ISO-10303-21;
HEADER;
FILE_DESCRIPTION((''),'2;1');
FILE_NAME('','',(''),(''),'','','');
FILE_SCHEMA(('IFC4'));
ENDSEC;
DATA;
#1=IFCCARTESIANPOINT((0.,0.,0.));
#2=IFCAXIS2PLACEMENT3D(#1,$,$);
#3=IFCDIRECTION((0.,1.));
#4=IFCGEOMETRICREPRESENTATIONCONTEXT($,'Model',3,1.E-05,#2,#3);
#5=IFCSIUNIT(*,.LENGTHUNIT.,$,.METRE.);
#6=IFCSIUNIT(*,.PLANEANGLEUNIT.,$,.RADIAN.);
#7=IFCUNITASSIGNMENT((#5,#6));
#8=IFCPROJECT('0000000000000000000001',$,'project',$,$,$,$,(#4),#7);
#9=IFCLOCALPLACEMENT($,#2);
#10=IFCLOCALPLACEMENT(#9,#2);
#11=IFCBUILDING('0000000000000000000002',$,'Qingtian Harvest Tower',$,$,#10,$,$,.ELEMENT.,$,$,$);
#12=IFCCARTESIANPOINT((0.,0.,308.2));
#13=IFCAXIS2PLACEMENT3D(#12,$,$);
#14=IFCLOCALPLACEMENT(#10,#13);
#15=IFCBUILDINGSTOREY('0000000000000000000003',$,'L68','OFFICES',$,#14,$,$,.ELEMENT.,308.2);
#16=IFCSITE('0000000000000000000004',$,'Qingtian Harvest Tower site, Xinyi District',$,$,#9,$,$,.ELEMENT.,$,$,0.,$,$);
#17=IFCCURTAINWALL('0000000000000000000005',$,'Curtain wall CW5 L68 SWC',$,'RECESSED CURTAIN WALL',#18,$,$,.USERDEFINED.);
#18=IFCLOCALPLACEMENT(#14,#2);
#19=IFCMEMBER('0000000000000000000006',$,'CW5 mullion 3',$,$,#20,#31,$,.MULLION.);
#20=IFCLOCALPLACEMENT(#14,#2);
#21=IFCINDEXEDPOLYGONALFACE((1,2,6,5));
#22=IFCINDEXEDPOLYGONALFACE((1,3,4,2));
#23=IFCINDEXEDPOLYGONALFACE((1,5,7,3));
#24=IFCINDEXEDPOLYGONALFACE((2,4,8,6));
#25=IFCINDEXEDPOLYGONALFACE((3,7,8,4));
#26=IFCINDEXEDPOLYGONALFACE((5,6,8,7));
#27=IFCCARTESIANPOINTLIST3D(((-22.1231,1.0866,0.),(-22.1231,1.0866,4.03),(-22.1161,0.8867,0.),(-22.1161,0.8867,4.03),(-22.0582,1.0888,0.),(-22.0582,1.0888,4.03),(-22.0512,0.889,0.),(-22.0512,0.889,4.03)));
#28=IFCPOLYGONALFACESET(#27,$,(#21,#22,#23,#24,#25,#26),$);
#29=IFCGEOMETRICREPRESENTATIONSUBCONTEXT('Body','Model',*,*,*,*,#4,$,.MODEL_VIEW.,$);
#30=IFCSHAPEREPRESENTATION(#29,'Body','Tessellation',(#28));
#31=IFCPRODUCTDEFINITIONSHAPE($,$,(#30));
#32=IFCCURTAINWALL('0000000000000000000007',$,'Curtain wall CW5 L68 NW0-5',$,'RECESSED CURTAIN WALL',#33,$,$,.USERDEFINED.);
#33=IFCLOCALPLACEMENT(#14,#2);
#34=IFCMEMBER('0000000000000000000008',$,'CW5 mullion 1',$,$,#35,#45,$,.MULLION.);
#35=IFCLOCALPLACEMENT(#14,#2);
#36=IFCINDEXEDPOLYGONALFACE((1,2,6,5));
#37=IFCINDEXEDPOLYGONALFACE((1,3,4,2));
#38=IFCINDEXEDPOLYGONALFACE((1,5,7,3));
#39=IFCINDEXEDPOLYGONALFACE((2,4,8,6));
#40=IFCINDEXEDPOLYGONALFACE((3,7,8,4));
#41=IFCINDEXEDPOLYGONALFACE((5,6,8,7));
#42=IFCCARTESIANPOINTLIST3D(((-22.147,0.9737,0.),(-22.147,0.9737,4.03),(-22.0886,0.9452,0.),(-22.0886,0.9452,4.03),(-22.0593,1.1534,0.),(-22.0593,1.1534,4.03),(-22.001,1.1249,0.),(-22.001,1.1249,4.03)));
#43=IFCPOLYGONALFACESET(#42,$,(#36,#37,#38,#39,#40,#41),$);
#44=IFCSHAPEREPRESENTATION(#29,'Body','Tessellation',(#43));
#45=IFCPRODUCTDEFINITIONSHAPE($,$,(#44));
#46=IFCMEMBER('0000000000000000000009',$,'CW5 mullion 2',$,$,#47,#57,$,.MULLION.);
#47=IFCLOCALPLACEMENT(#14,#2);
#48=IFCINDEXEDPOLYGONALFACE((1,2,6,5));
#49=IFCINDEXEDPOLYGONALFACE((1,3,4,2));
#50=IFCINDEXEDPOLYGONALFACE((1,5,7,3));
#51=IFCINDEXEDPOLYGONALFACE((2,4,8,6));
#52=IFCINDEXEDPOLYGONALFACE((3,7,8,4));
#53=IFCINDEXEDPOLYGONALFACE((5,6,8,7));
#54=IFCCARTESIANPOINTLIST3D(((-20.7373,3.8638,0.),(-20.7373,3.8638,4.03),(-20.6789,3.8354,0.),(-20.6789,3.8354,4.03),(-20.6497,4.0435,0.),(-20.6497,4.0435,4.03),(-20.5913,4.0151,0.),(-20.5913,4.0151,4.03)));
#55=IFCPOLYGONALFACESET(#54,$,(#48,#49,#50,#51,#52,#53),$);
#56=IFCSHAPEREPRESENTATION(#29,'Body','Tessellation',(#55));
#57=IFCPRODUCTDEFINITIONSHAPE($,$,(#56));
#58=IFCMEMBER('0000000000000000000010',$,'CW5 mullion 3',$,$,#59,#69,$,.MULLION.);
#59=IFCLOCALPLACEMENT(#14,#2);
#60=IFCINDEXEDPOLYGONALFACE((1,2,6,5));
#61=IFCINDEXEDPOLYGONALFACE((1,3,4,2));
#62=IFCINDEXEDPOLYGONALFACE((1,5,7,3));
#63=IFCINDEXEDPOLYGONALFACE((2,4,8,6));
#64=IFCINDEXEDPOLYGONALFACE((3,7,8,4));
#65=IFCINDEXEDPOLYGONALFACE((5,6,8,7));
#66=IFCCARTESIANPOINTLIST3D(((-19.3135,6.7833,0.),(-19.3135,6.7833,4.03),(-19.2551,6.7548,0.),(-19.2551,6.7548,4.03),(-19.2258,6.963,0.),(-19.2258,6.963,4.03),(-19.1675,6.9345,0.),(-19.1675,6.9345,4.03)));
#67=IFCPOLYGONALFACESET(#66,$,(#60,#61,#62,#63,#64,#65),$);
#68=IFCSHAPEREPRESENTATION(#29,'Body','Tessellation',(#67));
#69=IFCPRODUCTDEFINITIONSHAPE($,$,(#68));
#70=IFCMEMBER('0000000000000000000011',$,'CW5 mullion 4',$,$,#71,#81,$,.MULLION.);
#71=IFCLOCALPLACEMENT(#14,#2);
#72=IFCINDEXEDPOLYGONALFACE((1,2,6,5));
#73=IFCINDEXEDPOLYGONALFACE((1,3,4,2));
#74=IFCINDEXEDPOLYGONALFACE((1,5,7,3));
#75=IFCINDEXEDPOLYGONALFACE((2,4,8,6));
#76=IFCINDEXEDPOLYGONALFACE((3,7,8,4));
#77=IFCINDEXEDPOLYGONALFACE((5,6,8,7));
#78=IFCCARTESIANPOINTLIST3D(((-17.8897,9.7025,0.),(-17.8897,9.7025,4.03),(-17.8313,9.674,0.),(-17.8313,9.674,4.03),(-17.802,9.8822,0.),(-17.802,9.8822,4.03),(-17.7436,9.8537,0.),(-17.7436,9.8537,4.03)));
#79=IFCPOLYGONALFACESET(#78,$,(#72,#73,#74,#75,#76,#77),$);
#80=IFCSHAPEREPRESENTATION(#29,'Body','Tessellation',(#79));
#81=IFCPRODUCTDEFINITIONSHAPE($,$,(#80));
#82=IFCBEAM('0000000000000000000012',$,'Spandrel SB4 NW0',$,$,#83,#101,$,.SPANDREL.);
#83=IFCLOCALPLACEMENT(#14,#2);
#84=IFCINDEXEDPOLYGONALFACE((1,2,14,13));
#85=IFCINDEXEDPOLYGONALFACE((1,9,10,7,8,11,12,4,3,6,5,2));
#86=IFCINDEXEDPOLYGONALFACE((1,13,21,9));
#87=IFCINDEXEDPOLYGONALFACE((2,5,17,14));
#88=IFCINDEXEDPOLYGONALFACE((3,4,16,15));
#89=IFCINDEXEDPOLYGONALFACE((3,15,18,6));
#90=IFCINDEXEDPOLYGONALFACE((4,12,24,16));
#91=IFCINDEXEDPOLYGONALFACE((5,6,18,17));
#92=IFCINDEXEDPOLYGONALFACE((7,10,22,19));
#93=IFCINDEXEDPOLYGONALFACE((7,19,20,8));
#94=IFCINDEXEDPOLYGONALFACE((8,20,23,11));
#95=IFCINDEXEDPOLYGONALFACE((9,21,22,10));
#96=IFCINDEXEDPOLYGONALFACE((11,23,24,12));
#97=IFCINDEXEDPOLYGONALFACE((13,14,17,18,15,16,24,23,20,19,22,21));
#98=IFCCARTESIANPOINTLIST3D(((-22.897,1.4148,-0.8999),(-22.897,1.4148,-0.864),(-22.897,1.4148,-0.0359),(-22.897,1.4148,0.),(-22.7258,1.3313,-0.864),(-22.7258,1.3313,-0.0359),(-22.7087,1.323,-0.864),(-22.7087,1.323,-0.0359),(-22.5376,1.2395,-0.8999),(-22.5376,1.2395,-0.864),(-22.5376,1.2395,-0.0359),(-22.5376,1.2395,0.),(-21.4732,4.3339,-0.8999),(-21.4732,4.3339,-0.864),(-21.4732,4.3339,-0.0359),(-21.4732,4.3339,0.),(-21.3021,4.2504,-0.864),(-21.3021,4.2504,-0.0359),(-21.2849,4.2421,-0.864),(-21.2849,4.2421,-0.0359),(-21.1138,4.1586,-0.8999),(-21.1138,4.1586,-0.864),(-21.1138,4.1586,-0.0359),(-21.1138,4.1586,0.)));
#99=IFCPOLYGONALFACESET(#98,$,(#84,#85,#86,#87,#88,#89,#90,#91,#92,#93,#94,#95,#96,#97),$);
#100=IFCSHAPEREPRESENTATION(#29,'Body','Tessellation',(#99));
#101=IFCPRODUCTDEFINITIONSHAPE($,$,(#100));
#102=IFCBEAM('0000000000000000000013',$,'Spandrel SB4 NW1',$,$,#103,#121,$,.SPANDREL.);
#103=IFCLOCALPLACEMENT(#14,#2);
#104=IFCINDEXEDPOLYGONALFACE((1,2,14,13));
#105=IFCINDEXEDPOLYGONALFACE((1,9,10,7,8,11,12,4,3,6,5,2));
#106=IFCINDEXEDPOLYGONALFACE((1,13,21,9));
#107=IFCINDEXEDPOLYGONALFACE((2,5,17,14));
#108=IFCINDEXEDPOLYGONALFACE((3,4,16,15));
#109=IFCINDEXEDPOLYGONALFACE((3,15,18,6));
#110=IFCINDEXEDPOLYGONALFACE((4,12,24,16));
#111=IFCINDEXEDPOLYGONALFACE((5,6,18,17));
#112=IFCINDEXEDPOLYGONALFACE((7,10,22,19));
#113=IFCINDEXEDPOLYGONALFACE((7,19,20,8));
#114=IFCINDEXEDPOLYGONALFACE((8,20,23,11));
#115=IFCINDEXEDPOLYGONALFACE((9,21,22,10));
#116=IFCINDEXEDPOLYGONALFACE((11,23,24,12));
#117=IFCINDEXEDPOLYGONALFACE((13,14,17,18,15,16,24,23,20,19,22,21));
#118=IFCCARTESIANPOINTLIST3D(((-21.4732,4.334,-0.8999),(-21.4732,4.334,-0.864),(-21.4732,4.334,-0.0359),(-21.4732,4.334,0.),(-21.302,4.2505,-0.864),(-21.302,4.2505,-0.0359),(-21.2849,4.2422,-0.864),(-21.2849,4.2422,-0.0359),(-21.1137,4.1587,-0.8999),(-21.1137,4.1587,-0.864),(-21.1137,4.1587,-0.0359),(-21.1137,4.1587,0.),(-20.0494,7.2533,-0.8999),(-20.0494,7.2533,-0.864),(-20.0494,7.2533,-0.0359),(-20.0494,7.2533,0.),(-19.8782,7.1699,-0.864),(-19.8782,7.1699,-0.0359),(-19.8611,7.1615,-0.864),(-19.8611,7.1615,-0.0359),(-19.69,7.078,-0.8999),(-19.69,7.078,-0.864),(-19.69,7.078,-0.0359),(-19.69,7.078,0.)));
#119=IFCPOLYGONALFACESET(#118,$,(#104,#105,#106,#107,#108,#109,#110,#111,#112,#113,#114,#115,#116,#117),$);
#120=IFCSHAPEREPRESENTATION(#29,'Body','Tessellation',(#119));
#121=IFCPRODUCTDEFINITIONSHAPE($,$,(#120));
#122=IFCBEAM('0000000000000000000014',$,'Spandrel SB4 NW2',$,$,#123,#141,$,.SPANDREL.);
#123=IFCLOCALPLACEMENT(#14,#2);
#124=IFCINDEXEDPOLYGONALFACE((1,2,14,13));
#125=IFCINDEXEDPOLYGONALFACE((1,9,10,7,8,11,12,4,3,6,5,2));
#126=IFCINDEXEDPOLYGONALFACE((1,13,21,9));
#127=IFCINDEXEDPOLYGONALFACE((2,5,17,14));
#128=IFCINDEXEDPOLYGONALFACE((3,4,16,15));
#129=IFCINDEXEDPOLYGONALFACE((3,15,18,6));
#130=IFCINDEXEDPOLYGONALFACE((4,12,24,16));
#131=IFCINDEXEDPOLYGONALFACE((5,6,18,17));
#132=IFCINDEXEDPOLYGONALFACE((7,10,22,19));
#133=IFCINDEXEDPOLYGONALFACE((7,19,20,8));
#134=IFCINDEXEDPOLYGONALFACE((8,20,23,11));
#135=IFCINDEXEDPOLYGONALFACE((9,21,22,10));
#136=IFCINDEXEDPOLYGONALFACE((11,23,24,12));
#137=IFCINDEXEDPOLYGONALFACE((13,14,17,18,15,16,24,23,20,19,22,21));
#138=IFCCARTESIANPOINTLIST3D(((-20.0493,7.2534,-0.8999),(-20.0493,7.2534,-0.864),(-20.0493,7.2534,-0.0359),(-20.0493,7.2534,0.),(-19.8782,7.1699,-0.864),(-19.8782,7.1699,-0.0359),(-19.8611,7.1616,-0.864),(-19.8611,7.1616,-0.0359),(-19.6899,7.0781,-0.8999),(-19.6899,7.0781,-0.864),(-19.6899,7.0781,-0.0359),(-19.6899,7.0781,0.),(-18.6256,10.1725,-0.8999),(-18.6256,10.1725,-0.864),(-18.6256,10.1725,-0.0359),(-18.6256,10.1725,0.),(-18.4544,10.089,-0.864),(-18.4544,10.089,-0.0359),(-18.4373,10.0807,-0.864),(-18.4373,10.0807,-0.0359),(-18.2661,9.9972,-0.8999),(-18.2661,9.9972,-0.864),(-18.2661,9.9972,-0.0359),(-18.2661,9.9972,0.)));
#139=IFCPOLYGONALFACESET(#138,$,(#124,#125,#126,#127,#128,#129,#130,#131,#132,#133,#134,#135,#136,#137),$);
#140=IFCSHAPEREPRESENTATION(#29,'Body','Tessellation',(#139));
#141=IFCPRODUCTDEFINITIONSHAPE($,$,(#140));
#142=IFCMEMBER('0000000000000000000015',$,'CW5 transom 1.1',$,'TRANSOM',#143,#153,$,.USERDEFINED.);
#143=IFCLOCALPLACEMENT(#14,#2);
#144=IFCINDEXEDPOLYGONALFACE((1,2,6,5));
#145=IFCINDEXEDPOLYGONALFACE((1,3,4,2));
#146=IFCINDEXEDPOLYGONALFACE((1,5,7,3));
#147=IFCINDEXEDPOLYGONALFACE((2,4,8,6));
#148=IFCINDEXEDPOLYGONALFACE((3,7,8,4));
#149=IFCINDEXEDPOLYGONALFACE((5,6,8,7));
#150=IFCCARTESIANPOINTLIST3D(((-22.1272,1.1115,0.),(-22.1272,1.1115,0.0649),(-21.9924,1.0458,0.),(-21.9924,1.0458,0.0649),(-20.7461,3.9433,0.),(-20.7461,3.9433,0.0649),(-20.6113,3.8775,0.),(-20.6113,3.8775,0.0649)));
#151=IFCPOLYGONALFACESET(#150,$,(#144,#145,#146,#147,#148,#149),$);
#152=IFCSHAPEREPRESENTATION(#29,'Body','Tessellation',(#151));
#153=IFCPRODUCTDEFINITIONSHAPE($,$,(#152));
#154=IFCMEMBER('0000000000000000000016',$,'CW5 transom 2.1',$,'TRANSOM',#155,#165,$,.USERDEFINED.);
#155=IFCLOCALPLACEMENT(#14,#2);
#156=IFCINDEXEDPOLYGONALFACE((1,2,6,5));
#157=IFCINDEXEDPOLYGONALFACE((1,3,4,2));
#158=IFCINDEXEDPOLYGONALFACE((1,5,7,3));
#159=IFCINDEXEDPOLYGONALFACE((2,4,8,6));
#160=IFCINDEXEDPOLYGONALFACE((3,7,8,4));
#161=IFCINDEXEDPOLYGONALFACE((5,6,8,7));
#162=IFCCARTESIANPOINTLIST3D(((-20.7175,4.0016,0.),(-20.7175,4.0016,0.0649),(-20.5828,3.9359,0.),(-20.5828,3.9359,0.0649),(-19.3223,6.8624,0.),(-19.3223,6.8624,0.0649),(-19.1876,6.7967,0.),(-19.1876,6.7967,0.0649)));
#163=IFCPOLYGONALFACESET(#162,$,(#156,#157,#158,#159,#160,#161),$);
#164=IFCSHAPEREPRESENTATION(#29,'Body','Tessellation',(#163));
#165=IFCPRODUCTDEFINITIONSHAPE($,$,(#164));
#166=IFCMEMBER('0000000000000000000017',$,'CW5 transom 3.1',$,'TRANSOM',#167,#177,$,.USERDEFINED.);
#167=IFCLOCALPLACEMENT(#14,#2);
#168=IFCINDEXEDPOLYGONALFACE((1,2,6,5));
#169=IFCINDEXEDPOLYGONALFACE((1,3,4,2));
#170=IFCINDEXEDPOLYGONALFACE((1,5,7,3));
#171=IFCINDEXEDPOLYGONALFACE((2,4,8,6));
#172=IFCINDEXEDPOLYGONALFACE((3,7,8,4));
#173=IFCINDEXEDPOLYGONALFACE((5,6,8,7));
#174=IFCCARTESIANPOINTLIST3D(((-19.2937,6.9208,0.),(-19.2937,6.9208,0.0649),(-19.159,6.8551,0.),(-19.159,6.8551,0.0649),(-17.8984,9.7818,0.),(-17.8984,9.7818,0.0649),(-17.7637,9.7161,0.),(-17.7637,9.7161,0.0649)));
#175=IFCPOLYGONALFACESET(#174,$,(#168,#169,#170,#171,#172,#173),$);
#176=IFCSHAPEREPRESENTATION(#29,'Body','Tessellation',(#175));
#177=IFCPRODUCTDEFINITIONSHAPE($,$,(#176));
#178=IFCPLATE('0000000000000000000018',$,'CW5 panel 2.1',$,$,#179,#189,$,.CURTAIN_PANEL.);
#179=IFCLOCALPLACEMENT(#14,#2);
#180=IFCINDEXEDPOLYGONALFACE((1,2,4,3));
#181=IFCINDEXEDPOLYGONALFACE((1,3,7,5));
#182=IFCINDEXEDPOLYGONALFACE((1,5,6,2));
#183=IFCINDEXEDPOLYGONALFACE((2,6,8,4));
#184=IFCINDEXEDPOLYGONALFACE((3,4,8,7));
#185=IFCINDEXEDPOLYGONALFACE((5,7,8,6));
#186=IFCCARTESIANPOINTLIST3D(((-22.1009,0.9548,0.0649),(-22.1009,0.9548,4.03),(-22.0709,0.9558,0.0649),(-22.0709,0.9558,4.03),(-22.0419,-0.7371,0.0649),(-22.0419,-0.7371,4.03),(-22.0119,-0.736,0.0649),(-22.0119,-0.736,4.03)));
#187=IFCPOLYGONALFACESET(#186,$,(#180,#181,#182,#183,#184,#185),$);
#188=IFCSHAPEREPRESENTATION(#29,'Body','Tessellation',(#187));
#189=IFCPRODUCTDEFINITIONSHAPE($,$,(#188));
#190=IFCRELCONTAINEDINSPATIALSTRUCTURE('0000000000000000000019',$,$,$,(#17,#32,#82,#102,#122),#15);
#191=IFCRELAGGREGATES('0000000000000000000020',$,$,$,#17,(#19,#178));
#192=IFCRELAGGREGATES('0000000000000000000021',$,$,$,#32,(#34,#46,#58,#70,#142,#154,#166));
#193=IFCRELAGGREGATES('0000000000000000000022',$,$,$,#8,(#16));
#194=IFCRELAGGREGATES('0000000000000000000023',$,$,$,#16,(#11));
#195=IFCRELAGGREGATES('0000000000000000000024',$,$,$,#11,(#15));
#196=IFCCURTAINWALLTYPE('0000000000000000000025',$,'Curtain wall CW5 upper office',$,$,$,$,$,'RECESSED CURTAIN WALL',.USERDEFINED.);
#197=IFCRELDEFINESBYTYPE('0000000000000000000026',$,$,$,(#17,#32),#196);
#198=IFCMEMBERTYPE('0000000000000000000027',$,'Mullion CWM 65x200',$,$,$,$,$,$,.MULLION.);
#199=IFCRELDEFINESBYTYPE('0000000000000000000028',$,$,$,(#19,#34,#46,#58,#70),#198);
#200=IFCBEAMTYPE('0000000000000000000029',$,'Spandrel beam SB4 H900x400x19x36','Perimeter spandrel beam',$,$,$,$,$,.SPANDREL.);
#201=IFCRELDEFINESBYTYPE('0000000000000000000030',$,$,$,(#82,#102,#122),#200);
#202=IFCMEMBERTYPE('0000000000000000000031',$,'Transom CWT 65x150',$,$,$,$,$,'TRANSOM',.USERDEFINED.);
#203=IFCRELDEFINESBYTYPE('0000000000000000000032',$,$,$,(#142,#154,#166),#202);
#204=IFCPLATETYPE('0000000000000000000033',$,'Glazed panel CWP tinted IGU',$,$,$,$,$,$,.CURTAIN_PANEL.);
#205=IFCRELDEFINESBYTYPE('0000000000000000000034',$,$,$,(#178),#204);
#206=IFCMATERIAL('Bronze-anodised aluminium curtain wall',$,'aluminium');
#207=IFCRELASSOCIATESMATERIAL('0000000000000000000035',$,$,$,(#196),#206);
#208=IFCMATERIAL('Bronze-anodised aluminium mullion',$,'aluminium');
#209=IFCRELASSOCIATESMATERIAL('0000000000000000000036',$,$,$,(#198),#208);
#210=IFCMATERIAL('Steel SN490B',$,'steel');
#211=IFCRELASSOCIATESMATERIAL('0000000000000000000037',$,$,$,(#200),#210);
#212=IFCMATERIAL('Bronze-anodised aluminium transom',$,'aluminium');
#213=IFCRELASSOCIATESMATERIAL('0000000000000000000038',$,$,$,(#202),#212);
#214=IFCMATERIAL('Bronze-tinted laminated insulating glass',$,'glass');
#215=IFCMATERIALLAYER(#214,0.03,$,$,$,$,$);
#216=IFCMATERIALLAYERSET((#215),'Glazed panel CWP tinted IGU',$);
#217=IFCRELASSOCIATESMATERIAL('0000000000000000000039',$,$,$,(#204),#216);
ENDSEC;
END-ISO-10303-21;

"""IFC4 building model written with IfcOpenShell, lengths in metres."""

from ifc_helpers import new_model, si_unit, direction, frame, origin, origin_2d, place, context, subcontext, project, spatial, rectangle, i_section, extrude, material, layer, layer_set, material_profile, profile_set, type_object, element, aggregate, save


model = new_model("IFC4")

# Units and contexts
model_context = context("Model", 3, precision=1e-05, world=origin(), true_north=direction((0.0, 1.0)))
body_context = subcontext(model_context, "Body", "Model", "MODEL_VIEW")
ifc_project = project(units=[si_unit("LENGTHUNIT", "METRE"), si_unit("PLANEANGLEUNIT", "RADIAN")], contexts=[model_context])

# Site, building, storey
site_placement = place(None, origin())
site = spatial("IfcSite", under=ifc_project, at=site_placement, Name="Qingtian Harvest Tower site, Xinyi District", CompositionType="ELEMENT", RefElevation=0.0)
building_placement = place(site_placement, origin())
building = spatial("IfcBuilding", under=site, at=building_placement, Name="Qingtian Harvest Tower", CompositionType="ELEMENT")
storey_placement = place(building_placement, frame((0.0, 0.0, 308.2)))
storey = spatial("IfcBuildingStorey", under=building, at=storey_placement, Name="L68", Description="OFFICES", CompositionType="ELEMENT", Elevation=308.2)

# Curtain wall, member
ifc_material_1 = material(Name="Bronze-anodised aluminium curtain wall", Category="aluminium")
curtain_wall_type = type_object("IfcCurtainWallType", Name="Curtain wall CW5 upper office", ElementType="RECESSED CURTAIN WALL", PredefinedType="USERDEFINED", material=ifc_material_1)
curtain_wall_1_placement = place(storey_placement, origin())
curtain_wall_1 = element("IfcCurtainWall", 1, at=curtain_wall_1_placement, inside=storey, type_object=curtain_wall_type, Name="Curtain wall CW5 L68 SWC", ObjectType="RECESSED CURTAIN WALL", PredefinedType="USERDEFINED")
ifc_material_2 = material(Name="Bronze-anodised aluminium mullion", Category="aluminium")
ifc_material_profile_1 = material_profile(ifc_material_2, rectangle(XDim=0.0649, YDim=0.2, at=origin_2d()), Name="AL 65x200")
ifc_profile_set_1 = profile_set([ifc_material_profile_1], Name="Bronze-anodised aluminium mullion")
member_type_1 = type_object("IfcMemberType", Name="Mullion CWM 65x200", PredefinedType="MULLION", material=ifc_profile_set_1)
member_1_placement = place(storey_placement, frame((-22.0872, 0.9878, 0.0), z_axis=(0.0, 0.0, 1.0), x_axis=(-0.999391, -0.034899, 0.0)))
member_1 = element("IfcMember", 2, at=member_1_placement, type_object=member_type_1, Name="CW5 mullion 3", PredefinedType="MULLION", context=body_context, shape_type="SweptSolid", body=[
    extrude(rectangle(XDim=0.0649, YDim=0.2, at=origin_2d()), origin(), (0.0, 0.0, 1.0), 4.03),
])

# Curtain wall, members
curtain_wall_2_placement = place(storey_placement, origin())
curtain_wall_2 = element("IfcCurtainWall", 3, at=curtain_wall_2_placement, inside=storey, type_object=curtain_wall_type, Name="Curtain wall CW5 L68 NW0-5", ObjectType="RECESSED CURTAIN WALL", PredefinedType="USERDEFINED")
member_2_placement = place(storey_placement, frame((-22.074, 1.0493, 0.0), z_axis=(0.0, 0.0, 1.0), x_axis=(-0.898794, 0.438371, 0.0)))
member_2 = element("IfcMember", 4, at=member_2_placement, type_object=member_type_1, Name="CW5 mullion 1", PredefinedType="MULLION", context=body_context, shape_type="SweptSolid", body=[
    extrude(rectangle(XDim=0.0649, YDim=0.2, at=origin_2d()), origin(), (0.0, 0.0, 1.0), 4.03),
])
member_3_placement = place(storey_placement, frame((-20.6643, 3.9395, 0.0), z_axis=(0.0, 0.0, 1.0), x_axis=(-0.898794, 0.438371, 0.0)))
member_3 = element("IfcMember", 5, at=member_3_placement, type_object=member_type_1, Name="CW5 mullion 2", PredefinedType="MULLION", context=body_context, shape_type="SweptSolid", body=[
    extrude(rectangle(XDim=0.0649, YDim=0.2, at=origin_2d()), origin(), (0.0, 0.0, 1.0), 4.03),
])
member_4_placement = place(storey_placement, frame((-19.2405, 6.8589, 0.0), z_axis=(0.0, 0.0, 1.0), x_axis=(-0.898794, 0.438371, 0.0)))
member_4 = element("IfcMember", 6, at=member_4_placement, type_object=member_type_1, Name="CW5 mullion 3", PredefinedType="MULLION", context=body_context, shape_type="SweptSolid", body=[
    extrude(rectangle(XDim=0.0649, YDim=0.2, at=origin_2d()), origin(), (0.0, 0.0, 1.0), 4.03),
])
member_5_placement = place(storey_placement, frame((-17.8167, 9.7781, 0.0), z_axis=(0.0, 0.0, 1.0), x_axis=(-0.898794, 0.438371, 0.0)))
member_5 = element("IfcMember", 7, at=member_5_placement, type_object=member_type_1, Name="CW5 mullion 4", PredefinedType="MULLION", context=body_context, shape_type="SweptSolid", body=[
    extrude(rectangle(XDim=0.0649, YDim=0.2, at=origin_2d()), origin(), (0.0, 0.0, 1.0), 4.03),
])

# Beams
ifc_material_3 = material(Name="Steel SN490B", Category="steel")
ifc_material_profile_2 = material_profile(ifc_material_3, i_section(OverallWidth=0.3999, OverallDepth=0.8999, WebThickness=0.019, FlangeThickness=0.0359, at=origin_2d()), Name="H900x400x19x36")
ifc_profile_set_2 = profile_set([ifc_material_profile_2], Name="Steel SN490B")
beam_type_1 = type_object("IfcBeamType", Name="Spandrel beam SB4 H900x400x19x36", Description="Perimeter spandrel beam", PredefinedType="SPANDREL", material=ifc_profile_set_2)
beam_1_placement = place(storey_placement, frame((-22.7173, 1.3271, -0.45), z_axis=(0.438382, 0.898789, 0.0), x_axis=(-0.898789, 0.438382, 0.0)))
element("IfcBeam", 8, at=beam_1_placement, inside=storey, type_object=beam_type_1, Name="Spandrel SB4 NW0", PredefinedType="SPANDREL", context=body_context, shape_type="SweptSolid", body=[
    extrude(i_section(OverallWidth=0.3999, OverallDepth=0.8999, WebThickness=0.019, FlangeThickness=0.0359, at=origin_2d()), origin(), (0.0, 0.0, 1.0), 3.2478),
])
beam_2_placement = place(storey_placement, frame((-21.2935, 4.2463, -0.45), z_axis=(0.438353, 0.898803, 0.0), x_axis=(-0.898803, 0.438353, 0.0)))
element("IfcBeam", 9, at=beam_2_placement, inside=storey, type_object=beam_type_1, Name="Spandrel SB4 NW1", PredefinedType="SPANDREL", context=body_context, shape_type="SweptSolid", body=[
    extrude(i_section(OverallWidth=0.3999, OverallDepth=0.8999, WebThickness=0.019, FlangeThickness=0.0359, at=origin_2d()), origin(), (0.0, 0.0, 1.0), 3.248),
])
beam_3_placement = place(storey_placement, frame((-19.8696, 7.1658, -0.45), z_axis=(0.438382, 0.898789, 0.0), x_axis=(-0.898789, 0.438382, 0.0)))
element("IfcBeam", 10, at=beam_3_placement, inside=storey, type_object=beam_type_1, Name="Spandrel SB4 NW2", PredefinedType="SPANDREL", context=body_context, shape_type="SweptSolid", body=[
    extrude(i_section(OverallWidth=0.3999, OverallDepth=0.8999, WebThickness=0.019, FlangeThickness=0.0359, at=origin_2d()), origin(), (0.0, 0.0, 1.0), 3.2478),
])

# Members
ifc_material_4 = material(Name="Bronze-anodised aluminium transom", Category="aluminium")
ifc_material_profile_3 = material_profile(ifc_material_4, rectangle(XDim=0.1499, YDim=0.0649, at=origin_2d()), Name="AL 65x150")
ifc_profile_set_3 = profile_set([ifc_material_profile_3], Name="Bronze-anodised aluminium transom")
member_type_2 = type_object("IfcMemberType", Name="Transom CWT 65x150", ElementType="TRANSOM", PredefinedType="USERDEFINED", material=ifc_profile_set_3)
member_6_placement = place(storey_placement, frame((-22.0598, 1.0786, 0.0325), z_axis=(0.438358, 0.8988, 0.0), x_axis=(-0.8988, 0.438358, 0.0)))
member_6 = element("IfcMember", 11, at=member_6_placement, type_object=member_type_2, Name="CW5 transom 1.1", ObjectType="TRANSOM", PredefinedType="USERDEFINED", context=body_context, shape_type="SweptSolid", body=[
    extrude(rectangle(XDim=0.1499, YDim=0.0649, at=origin_2d()), origin(), (0.0, 0.0, 1.0), 3.1506),
])
member_7_placement = place(storey_placement, frame((-20.6501, 3.9688, 0.0325), z_axis=(0.438356, 0.898802, 0.0), x_axis=(-0.898802, 0.438356, 0.0)))
member_7 = element("IfcMember", 12, at=member_7_placement, type_object=member_type_2, Name="CW5 transom 2.1", ObjectType="TRANSOM", PredefinedType="USERDEFINED", context=body_context, shape_type="SweptSolid", body=[
    extrude(rectangle(XDim=0.1499, YDim=0.0649, at=origin_2d()), origin(), (0.0, 0.0, 1.0), 3.1829),
])
member_8_placement = place(storey_placement, frame((-19.2263, 6.8879, 0.0325), z_axis=(0.438325, 0.898816, 0.0), x_axis=(-0.898816, 0.438325, 0.0)))
member_8 = element("IfcMember", 13, at=member_8_placement, type_object=member_type_2, Name="CW5 transom 3.1", ObjectType="TRANSOM", PredefinedType="USERDEFINED", context=body_context, shape_type="SweptSolid", body=[
    extrude(rectangle(XDim=0.1499, YDim=0.0649, at=origin_2d()), origin(), (0.0, 0.0, 1.0), 3.1831),
])

# Plate
ifc_material_5 = material(Name="Bronze-tinted laminated insulating glass", Category="glass")
ifc_layer_1 = layer(ifc_material_5, 0.03)
ifc_layer_set_1 = layer_set([ifc_layer_1], Name="Glazed panel CWP tinted IGU")
plate_type = type_object("IfcPlateType", Name="Glazed panel CWP tinted IGU", PredefinedType="CURTAIN_PANEL", material=ifc_layer_set_1)
plate_1_placement = place(storey_placement, frame((-22.0564, 0.1094, 0.0649), z_axis=(0.0, 0.0, 1.0), x_axis=(-0.034899, 0.999391, 0.0)))
plate_1 = element("IfcPlate", 14, at=plate_1_placement, type_object=plate_type, Name="CW5 panel 2.1", PredefinedType="CURTAIN_PANEL", context=body_context, shape_type="SweptSolid", body=[
    extrude(rectangle(XDim=1.6929, YDim=0.03, at=origin_2d()), origin(), (0.0, 0.0, 1.0), 3.9651),
])
aggregate(curtain_wall_1, [member_1, plate_1])
aggregate(curtain_wall_2, [member_2, member_3, member_4, member_5, member_6, member_7, member_8])

save(model, "model.ifc")
